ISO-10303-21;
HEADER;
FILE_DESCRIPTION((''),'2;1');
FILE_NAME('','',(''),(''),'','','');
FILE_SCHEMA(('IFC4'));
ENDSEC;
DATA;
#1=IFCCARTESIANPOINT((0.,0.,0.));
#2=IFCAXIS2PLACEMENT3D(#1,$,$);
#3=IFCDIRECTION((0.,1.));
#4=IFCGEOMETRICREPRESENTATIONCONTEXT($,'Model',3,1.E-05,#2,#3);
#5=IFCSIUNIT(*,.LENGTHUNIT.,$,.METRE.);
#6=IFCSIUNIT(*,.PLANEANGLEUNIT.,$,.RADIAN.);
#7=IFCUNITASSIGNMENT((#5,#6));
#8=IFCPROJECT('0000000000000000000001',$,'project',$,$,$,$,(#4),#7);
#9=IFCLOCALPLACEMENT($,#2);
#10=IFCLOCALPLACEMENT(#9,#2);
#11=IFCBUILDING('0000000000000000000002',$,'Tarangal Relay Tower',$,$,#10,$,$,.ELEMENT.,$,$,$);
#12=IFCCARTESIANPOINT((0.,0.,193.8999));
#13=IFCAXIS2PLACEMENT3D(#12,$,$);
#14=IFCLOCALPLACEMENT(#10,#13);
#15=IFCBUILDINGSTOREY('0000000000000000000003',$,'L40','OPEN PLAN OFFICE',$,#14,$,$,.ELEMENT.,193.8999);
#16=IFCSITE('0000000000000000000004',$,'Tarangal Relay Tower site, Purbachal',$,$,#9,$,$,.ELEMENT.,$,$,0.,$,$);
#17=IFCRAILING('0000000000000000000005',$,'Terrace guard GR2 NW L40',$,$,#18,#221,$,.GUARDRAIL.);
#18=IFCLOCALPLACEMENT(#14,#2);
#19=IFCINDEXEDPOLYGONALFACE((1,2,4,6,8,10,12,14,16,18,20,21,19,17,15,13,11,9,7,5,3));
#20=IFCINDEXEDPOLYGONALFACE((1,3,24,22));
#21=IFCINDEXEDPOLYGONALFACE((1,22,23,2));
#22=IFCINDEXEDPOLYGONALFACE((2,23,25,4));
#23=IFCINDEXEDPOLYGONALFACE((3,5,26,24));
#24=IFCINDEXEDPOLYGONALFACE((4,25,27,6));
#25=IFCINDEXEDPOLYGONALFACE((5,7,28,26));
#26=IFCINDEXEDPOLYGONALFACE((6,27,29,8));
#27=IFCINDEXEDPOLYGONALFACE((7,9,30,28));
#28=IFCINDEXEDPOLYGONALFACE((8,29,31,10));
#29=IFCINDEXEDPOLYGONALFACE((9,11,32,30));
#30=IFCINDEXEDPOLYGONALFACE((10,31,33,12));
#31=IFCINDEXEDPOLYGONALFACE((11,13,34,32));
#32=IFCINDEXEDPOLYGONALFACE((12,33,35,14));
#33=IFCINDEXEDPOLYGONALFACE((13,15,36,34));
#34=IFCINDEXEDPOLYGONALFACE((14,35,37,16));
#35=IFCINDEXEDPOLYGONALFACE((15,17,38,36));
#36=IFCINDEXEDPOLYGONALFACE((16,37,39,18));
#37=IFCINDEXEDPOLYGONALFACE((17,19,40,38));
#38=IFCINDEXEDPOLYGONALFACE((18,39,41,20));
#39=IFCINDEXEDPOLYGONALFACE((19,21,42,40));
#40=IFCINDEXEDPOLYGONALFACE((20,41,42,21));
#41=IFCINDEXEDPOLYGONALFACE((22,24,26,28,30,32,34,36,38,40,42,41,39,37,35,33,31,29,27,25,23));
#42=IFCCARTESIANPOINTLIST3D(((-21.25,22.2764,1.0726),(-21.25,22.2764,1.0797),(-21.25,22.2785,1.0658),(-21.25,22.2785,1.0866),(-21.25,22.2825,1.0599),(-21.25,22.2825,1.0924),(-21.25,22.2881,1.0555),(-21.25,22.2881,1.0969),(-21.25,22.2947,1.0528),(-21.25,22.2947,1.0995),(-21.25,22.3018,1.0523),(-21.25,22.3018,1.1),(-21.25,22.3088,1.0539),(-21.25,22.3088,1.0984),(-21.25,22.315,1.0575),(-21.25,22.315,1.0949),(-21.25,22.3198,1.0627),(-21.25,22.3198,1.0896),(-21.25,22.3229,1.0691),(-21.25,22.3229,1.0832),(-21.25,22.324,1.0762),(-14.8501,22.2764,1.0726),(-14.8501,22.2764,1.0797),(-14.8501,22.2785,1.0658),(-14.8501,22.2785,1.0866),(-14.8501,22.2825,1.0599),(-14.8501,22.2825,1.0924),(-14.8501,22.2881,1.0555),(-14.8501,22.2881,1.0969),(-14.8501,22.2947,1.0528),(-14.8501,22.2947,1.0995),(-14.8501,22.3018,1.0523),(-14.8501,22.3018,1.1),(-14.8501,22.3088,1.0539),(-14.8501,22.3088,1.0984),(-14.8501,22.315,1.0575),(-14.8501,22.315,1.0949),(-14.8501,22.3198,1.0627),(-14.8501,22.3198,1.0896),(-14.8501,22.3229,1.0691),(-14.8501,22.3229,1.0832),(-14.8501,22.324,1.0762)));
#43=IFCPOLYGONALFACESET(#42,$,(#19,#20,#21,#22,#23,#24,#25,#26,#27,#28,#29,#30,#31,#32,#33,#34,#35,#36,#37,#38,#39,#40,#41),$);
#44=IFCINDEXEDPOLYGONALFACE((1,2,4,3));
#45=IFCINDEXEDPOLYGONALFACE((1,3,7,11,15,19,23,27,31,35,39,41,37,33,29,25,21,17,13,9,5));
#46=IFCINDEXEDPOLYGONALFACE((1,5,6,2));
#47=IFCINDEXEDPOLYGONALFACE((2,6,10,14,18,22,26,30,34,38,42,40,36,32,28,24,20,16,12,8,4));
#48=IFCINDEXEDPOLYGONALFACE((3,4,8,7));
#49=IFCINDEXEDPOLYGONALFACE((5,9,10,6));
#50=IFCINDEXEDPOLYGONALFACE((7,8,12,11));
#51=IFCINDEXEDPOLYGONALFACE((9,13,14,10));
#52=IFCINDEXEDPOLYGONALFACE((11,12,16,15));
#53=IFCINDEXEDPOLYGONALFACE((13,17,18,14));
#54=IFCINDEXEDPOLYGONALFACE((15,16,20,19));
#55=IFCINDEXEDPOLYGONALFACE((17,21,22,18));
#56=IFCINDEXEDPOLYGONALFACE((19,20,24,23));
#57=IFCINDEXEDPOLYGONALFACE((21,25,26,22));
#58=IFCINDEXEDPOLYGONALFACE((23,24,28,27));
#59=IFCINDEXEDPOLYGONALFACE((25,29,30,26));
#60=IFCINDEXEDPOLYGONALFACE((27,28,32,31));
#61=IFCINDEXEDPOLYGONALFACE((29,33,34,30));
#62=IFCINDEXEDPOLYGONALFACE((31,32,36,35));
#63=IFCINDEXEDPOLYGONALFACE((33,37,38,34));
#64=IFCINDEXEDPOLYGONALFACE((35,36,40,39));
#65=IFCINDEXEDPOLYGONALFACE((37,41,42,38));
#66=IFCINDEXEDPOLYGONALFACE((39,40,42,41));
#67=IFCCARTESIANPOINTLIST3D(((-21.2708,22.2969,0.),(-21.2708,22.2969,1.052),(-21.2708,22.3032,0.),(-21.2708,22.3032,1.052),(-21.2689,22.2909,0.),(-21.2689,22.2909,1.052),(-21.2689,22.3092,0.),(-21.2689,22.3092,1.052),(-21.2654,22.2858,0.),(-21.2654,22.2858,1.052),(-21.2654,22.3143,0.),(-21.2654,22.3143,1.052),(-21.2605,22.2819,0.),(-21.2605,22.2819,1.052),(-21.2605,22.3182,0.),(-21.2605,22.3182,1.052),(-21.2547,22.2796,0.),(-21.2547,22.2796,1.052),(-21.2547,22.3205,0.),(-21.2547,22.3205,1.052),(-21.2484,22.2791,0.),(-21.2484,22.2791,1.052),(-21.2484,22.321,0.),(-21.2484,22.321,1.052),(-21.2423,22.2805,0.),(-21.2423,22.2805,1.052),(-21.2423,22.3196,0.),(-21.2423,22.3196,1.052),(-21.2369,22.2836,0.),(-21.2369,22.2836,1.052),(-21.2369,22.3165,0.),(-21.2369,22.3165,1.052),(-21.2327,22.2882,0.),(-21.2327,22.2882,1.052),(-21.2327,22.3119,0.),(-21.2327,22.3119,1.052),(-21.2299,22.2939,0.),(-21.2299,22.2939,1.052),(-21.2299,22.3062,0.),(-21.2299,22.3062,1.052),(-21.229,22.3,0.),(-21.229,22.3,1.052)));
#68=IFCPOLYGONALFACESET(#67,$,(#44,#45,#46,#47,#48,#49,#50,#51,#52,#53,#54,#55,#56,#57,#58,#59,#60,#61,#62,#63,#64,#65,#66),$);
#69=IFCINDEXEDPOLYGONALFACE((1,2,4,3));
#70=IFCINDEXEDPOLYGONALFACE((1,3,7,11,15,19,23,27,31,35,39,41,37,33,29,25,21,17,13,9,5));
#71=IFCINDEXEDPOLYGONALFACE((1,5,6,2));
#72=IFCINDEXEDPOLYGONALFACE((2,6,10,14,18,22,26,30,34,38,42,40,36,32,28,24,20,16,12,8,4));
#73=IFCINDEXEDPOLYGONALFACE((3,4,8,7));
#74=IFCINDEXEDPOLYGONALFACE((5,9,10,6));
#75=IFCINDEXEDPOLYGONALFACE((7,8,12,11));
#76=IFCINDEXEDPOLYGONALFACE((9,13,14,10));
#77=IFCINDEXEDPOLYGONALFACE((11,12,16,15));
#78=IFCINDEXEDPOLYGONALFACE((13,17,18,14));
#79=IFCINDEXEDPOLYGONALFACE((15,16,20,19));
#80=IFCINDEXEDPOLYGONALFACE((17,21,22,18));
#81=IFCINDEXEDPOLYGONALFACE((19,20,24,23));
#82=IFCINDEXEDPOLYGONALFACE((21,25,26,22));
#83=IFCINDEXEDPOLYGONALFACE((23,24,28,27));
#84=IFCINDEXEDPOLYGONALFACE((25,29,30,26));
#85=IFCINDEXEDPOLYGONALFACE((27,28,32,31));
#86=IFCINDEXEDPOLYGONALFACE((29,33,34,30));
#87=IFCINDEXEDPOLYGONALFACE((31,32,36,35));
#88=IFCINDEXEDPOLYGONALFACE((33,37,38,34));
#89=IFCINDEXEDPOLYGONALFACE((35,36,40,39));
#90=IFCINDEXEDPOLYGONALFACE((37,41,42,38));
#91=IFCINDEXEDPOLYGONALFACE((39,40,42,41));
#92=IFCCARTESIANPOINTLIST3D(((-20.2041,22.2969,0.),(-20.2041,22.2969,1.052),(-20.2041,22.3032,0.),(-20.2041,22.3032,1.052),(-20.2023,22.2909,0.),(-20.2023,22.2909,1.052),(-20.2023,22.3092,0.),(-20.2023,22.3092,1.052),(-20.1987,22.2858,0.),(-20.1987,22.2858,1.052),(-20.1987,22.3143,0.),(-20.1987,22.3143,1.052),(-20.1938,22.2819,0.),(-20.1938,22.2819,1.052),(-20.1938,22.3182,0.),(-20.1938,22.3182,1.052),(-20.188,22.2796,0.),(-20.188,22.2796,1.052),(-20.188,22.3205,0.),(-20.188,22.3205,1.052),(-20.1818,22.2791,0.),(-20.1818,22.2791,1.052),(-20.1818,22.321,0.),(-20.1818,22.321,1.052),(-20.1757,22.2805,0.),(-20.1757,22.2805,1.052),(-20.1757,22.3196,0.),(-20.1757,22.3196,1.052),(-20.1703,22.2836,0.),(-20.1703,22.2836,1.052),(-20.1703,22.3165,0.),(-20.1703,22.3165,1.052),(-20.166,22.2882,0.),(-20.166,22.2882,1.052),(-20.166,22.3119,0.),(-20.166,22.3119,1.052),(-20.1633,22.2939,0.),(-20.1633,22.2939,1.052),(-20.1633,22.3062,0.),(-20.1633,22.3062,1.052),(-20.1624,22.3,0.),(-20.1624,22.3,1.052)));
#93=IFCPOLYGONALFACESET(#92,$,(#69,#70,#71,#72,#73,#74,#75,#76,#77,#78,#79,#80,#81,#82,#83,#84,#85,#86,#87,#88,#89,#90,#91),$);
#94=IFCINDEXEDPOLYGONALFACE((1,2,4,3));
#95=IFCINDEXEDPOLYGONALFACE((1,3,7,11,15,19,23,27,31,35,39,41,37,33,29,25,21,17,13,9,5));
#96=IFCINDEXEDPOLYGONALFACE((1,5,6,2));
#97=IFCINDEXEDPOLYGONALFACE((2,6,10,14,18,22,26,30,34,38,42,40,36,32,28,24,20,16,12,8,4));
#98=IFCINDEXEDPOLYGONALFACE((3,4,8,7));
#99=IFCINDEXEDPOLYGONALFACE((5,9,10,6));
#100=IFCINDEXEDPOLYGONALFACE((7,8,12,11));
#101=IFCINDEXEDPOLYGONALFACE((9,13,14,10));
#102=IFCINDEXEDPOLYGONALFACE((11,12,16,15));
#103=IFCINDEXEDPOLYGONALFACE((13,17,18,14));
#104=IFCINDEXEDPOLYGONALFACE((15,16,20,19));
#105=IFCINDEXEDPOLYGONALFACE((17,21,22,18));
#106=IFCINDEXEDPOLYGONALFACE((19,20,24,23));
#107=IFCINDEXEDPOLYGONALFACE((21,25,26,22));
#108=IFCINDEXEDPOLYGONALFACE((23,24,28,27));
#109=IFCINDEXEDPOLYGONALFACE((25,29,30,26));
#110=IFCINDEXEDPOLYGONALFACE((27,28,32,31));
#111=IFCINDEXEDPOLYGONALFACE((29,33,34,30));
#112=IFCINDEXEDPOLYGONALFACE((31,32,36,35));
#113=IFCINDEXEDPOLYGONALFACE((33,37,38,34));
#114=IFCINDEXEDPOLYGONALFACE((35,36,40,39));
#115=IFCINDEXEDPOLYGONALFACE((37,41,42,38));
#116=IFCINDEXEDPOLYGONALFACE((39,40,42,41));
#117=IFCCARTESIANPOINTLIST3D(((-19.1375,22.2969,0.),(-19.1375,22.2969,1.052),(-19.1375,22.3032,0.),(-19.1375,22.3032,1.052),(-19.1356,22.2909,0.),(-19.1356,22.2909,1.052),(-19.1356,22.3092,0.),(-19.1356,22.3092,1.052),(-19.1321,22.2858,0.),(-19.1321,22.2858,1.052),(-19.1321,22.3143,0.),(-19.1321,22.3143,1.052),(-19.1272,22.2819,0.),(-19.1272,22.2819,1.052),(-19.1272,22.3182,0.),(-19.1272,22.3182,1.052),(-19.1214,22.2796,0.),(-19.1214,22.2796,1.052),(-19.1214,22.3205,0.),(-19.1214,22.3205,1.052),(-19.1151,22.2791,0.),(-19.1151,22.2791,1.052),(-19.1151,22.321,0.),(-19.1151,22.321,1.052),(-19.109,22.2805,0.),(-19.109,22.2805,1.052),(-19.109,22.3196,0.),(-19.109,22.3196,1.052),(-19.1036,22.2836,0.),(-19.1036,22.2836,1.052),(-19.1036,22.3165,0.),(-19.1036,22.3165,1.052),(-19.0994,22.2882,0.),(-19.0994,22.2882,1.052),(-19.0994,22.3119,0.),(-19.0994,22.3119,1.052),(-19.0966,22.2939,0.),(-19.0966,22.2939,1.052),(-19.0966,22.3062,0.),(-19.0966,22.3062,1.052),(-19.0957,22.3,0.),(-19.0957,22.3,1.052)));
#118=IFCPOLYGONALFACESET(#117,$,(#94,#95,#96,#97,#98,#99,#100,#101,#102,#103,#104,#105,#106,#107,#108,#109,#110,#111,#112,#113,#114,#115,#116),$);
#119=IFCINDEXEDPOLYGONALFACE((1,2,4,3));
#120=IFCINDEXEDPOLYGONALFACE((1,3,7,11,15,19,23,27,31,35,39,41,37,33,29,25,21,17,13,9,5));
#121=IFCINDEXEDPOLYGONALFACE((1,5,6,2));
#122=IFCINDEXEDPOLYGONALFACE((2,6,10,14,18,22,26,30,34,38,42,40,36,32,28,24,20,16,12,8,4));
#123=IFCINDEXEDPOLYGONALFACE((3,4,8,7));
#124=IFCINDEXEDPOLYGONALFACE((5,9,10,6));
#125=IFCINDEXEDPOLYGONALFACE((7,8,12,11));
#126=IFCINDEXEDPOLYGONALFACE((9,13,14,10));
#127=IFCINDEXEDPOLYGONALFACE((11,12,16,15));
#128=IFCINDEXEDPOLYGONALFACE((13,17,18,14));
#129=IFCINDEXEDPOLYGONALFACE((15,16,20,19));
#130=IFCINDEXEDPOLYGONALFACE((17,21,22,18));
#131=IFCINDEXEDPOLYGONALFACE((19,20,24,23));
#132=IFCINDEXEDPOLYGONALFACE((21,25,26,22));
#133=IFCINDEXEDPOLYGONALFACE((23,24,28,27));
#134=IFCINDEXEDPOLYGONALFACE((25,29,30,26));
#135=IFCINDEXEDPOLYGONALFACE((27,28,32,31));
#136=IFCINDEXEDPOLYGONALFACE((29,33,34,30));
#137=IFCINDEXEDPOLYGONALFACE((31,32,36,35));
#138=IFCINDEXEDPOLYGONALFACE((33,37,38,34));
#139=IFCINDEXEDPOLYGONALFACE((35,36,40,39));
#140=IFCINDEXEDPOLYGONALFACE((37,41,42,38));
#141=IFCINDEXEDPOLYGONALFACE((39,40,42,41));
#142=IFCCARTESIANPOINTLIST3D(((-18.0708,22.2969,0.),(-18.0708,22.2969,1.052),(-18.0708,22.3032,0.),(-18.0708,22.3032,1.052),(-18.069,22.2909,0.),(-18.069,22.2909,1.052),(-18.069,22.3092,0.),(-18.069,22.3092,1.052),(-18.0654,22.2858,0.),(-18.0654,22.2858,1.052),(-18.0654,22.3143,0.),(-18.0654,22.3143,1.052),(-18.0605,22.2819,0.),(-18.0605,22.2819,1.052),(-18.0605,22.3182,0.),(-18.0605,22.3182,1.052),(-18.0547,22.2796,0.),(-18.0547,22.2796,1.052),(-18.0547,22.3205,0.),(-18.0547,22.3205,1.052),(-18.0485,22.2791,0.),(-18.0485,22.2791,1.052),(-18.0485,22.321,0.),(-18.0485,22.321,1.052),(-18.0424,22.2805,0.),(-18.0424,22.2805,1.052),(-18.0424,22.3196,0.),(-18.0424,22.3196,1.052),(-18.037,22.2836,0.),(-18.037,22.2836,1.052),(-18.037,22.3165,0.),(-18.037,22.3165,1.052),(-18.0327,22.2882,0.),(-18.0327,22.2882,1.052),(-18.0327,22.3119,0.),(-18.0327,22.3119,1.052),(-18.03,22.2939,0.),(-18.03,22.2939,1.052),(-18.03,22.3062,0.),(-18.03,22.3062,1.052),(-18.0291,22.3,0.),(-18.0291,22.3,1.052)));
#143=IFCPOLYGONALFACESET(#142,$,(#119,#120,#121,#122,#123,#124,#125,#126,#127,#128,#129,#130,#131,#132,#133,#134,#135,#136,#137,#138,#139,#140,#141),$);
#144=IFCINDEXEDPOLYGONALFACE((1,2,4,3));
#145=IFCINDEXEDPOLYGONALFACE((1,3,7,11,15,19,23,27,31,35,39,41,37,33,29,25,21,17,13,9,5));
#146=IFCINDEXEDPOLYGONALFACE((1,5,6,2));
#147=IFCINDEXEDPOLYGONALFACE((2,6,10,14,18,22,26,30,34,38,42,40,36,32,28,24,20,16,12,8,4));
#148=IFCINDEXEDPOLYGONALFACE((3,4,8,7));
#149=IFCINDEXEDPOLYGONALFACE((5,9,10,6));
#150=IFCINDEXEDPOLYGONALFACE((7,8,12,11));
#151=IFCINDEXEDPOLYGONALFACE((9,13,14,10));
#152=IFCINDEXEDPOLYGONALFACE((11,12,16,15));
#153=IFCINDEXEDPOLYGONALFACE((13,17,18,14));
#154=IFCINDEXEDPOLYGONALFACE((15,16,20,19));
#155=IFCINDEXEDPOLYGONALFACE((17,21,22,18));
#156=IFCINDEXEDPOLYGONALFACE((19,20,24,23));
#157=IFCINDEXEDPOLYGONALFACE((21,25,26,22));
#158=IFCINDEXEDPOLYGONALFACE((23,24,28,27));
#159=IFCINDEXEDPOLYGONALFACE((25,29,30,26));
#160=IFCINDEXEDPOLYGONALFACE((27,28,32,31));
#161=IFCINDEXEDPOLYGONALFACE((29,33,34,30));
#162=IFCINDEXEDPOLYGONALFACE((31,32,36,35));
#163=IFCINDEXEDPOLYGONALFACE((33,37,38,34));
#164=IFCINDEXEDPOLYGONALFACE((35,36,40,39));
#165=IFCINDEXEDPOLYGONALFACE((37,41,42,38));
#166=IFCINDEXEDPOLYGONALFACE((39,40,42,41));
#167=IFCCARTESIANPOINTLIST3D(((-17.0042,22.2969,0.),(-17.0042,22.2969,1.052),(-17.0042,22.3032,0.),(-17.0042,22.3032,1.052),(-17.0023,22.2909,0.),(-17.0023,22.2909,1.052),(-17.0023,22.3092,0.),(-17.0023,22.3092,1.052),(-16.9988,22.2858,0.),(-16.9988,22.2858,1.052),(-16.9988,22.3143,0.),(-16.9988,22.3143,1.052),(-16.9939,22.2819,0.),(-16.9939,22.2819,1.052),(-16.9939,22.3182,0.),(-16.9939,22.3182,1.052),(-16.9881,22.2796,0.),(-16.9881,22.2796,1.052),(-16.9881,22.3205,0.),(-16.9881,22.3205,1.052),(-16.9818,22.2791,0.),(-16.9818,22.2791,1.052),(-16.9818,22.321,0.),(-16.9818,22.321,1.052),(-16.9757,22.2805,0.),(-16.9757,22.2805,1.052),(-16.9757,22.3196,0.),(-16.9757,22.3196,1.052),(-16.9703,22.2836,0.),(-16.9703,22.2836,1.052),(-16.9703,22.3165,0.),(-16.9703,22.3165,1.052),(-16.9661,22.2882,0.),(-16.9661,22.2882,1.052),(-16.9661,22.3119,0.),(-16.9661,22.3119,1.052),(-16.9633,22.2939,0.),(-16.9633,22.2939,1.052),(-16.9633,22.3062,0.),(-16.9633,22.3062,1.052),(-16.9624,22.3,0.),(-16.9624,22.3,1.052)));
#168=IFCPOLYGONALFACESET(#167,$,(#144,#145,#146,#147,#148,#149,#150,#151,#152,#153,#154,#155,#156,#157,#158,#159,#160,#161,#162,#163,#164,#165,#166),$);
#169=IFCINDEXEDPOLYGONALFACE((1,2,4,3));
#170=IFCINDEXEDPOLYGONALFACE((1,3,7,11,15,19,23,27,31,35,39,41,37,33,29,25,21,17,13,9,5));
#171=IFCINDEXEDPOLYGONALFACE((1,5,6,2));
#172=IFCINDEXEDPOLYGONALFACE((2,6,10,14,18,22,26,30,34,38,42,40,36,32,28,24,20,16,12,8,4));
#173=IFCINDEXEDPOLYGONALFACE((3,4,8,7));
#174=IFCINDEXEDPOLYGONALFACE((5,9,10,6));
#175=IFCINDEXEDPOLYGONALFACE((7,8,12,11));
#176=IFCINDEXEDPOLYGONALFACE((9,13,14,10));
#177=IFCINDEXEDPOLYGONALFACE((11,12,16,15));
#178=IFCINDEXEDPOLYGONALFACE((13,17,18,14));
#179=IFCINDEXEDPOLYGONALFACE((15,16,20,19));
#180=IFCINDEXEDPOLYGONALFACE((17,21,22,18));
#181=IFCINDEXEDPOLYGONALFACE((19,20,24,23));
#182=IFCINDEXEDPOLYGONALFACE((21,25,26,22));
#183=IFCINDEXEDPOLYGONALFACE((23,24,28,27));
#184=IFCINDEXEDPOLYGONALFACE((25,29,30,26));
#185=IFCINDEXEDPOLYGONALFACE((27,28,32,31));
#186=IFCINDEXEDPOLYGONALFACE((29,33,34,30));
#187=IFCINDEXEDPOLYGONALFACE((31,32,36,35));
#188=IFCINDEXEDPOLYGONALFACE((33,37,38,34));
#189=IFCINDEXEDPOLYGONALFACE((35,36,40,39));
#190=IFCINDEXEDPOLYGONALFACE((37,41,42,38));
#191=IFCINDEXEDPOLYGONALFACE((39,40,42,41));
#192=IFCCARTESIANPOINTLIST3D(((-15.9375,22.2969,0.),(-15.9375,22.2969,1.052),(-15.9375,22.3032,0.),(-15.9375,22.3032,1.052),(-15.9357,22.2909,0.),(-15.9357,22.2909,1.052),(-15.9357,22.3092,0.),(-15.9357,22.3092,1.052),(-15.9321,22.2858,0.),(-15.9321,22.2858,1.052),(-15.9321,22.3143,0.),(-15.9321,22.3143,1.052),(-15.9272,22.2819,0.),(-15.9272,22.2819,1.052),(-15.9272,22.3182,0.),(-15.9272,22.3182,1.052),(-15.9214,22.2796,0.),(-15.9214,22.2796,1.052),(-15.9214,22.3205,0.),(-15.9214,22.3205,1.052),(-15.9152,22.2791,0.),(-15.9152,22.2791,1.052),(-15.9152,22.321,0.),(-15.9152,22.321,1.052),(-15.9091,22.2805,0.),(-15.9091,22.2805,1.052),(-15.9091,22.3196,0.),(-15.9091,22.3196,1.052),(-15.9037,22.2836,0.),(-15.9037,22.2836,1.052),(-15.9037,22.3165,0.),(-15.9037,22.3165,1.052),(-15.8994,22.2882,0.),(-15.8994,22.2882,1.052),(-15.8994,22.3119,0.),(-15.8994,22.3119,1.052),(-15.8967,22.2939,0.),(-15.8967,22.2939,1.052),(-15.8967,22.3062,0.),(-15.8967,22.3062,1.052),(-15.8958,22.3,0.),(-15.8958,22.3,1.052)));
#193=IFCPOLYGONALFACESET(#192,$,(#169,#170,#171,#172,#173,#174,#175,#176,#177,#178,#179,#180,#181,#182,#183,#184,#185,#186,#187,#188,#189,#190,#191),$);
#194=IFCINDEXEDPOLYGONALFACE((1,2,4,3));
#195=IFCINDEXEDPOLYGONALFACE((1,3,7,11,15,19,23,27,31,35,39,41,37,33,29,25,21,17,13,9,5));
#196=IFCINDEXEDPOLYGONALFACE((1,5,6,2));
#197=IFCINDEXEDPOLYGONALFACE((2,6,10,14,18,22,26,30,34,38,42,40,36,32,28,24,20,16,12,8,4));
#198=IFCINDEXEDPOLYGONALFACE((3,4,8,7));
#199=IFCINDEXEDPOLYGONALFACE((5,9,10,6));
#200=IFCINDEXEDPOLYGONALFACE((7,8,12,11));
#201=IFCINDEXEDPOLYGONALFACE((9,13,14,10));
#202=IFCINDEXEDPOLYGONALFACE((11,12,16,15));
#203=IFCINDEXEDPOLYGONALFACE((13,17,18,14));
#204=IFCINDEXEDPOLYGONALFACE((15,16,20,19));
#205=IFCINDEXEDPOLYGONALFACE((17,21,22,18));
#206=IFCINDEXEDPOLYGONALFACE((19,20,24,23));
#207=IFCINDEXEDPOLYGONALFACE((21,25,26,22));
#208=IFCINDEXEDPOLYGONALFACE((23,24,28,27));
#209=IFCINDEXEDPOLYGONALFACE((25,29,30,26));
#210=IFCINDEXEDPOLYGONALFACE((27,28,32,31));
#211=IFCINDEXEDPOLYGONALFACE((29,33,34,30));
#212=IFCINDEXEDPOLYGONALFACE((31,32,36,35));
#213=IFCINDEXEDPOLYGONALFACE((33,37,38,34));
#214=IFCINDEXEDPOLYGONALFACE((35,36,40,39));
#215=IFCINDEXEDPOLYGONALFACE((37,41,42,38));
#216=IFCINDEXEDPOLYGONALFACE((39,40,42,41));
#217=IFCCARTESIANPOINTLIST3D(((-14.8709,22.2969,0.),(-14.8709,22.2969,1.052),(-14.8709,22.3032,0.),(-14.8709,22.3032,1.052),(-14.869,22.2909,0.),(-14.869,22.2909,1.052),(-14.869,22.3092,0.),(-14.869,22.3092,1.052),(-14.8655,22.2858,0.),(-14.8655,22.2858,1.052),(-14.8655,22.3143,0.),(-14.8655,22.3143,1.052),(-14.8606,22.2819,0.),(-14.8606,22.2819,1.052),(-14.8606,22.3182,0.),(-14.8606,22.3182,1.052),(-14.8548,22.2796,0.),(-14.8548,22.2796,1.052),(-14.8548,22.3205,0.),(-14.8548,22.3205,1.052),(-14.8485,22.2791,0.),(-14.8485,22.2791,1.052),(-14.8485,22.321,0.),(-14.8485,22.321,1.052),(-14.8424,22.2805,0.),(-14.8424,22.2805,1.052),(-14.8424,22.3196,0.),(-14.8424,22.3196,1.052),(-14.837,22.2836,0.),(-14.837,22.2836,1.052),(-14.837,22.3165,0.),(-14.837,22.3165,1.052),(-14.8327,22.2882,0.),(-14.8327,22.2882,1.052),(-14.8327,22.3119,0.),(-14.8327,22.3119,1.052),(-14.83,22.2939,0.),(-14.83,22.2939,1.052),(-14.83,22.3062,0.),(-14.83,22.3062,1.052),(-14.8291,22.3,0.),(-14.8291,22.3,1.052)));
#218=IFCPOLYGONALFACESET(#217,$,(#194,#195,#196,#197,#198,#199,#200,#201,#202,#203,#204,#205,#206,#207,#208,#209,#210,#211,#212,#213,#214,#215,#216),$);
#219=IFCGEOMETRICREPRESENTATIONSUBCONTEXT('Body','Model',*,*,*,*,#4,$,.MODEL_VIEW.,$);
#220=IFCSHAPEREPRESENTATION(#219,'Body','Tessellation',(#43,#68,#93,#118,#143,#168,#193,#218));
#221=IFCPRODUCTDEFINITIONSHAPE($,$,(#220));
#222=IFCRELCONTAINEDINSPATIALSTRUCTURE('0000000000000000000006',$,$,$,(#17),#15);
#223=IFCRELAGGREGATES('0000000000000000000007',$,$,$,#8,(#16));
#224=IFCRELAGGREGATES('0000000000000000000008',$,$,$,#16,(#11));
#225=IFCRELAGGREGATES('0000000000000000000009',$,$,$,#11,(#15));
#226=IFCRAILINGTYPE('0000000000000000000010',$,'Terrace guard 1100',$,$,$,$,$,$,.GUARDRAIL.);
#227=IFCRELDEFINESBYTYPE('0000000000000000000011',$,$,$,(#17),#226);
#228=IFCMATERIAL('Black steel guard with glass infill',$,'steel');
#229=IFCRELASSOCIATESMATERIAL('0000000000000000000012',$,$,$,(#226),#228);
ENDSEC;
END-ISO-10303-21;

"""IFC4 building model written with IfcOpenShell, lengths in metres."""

from ifc_helpers import new_model, si_unit, direction, frame, origin, origin_2d, place, context, subcontext, project, spatial, circle, extrude, material, type_object, element, save


model = new_model("IFC4")

# Units and contexts
model_context = context("Model", 3, precision=1e-05, world=origin(), true_north=direction((0.0, 1.0)))
body_context = subcontext(model_context, "Body", "Model", "MODEL_VIEW")
ifc_project = project(units=[si_unit("LENGTHUNIT", "METRE"), si_unit("PLANEANGLEUNIT", "RADIAN")], contexts=[model_context])

# Site, building, storey
site_placement = place(None, origin())
site = spatial("IfcSite", under=ifc_project, at=site_placement, Name="Tarangal Relay Tower site, Purbachal", CompositionType="ELEMENT", RefElevation=0.0)
building_placement = place(site_placement, origin())
building = spatial("IfcBuilding", under=site, at=building_placement, Name="Tarangal Relay Tower", CompositionType="ELEMENT")
storey_placement = place(building_placement, frame((0.0, 0.0, 193.8999)))
storey = spatial("IfcBuildingStorey", under=building, at=storey_placement, Name="L40", Description="OPEN PLAN OFFICE", CompositionType="ELEMENT", Elevation=193.8999)

# Railing
ifc_material_1 = material(Name="Black steel guard with glass infill", Category="steel")
railing_type = type_object("IfcRailingType", Name="Terrace guard 1100", PredefinedType="GUARDRAIL", material=ifc_material_1)
railing_1_placement = place(storey_placement, frame((-21.25, 22.3, 0.0)))
element("IfcRailing", 1, at=railing_1_placement, inside=storey, type_object=railing_type, Name="Terrace guard GR2 NW L40", PredefinedType="GUARDRAIL", context=body_context, shape_type="SweptSolid", body=[
    extrude(circle(Radius=0.0239, at=origin_2d()), frame((0.0, 0.0, 1.0762), z_axis=(1.0, 0.0, 0.0), x_axis=(0.0, 1.0, 0.0)), (0.0, 0.0, 1.0), 6.3999),
    extrude(circle(Radius=0.021, at=origin_2d()), origin(), (0.0, 0.0, 1.0), 1.052),
    extrude(circle(Radius=0.021, at=origin_2d()), frame((1.0667, 0.0, 0.0)), (0.0, 0.0, 1.0), 1.052),
    extrude(circle(Radius=0.021, at=origin_2d()), frame((2.1333, 0.0, 0.0)), (0.0, 0.0, 1.0), 1.052),
    extrude(circle(Radius=0.021, at=origin_2d()), frame((3.2, 0.0, 0.0)), (0.0, 0.0, 1.0), 1.052),
    extrude(circle(Radius=0.021, at=origin_2d()), frame((4.2666, 0.0, 0.0)), (0.0, 0.0, 1.0), 1.052),
    extrude(circle(Radius=0.021, at=origin_2d()), frame((5.3333, 0.0, 0.0)), (0.0, 0.0, 1.0), 1.052),
    extrude(circle(Radius=0.021, at=origin_2d()), frame((6.3999, 0.0, 0.0)), (0.0, 0.0, 1.0), 1.052),
])

save(model, "model.ifc")
